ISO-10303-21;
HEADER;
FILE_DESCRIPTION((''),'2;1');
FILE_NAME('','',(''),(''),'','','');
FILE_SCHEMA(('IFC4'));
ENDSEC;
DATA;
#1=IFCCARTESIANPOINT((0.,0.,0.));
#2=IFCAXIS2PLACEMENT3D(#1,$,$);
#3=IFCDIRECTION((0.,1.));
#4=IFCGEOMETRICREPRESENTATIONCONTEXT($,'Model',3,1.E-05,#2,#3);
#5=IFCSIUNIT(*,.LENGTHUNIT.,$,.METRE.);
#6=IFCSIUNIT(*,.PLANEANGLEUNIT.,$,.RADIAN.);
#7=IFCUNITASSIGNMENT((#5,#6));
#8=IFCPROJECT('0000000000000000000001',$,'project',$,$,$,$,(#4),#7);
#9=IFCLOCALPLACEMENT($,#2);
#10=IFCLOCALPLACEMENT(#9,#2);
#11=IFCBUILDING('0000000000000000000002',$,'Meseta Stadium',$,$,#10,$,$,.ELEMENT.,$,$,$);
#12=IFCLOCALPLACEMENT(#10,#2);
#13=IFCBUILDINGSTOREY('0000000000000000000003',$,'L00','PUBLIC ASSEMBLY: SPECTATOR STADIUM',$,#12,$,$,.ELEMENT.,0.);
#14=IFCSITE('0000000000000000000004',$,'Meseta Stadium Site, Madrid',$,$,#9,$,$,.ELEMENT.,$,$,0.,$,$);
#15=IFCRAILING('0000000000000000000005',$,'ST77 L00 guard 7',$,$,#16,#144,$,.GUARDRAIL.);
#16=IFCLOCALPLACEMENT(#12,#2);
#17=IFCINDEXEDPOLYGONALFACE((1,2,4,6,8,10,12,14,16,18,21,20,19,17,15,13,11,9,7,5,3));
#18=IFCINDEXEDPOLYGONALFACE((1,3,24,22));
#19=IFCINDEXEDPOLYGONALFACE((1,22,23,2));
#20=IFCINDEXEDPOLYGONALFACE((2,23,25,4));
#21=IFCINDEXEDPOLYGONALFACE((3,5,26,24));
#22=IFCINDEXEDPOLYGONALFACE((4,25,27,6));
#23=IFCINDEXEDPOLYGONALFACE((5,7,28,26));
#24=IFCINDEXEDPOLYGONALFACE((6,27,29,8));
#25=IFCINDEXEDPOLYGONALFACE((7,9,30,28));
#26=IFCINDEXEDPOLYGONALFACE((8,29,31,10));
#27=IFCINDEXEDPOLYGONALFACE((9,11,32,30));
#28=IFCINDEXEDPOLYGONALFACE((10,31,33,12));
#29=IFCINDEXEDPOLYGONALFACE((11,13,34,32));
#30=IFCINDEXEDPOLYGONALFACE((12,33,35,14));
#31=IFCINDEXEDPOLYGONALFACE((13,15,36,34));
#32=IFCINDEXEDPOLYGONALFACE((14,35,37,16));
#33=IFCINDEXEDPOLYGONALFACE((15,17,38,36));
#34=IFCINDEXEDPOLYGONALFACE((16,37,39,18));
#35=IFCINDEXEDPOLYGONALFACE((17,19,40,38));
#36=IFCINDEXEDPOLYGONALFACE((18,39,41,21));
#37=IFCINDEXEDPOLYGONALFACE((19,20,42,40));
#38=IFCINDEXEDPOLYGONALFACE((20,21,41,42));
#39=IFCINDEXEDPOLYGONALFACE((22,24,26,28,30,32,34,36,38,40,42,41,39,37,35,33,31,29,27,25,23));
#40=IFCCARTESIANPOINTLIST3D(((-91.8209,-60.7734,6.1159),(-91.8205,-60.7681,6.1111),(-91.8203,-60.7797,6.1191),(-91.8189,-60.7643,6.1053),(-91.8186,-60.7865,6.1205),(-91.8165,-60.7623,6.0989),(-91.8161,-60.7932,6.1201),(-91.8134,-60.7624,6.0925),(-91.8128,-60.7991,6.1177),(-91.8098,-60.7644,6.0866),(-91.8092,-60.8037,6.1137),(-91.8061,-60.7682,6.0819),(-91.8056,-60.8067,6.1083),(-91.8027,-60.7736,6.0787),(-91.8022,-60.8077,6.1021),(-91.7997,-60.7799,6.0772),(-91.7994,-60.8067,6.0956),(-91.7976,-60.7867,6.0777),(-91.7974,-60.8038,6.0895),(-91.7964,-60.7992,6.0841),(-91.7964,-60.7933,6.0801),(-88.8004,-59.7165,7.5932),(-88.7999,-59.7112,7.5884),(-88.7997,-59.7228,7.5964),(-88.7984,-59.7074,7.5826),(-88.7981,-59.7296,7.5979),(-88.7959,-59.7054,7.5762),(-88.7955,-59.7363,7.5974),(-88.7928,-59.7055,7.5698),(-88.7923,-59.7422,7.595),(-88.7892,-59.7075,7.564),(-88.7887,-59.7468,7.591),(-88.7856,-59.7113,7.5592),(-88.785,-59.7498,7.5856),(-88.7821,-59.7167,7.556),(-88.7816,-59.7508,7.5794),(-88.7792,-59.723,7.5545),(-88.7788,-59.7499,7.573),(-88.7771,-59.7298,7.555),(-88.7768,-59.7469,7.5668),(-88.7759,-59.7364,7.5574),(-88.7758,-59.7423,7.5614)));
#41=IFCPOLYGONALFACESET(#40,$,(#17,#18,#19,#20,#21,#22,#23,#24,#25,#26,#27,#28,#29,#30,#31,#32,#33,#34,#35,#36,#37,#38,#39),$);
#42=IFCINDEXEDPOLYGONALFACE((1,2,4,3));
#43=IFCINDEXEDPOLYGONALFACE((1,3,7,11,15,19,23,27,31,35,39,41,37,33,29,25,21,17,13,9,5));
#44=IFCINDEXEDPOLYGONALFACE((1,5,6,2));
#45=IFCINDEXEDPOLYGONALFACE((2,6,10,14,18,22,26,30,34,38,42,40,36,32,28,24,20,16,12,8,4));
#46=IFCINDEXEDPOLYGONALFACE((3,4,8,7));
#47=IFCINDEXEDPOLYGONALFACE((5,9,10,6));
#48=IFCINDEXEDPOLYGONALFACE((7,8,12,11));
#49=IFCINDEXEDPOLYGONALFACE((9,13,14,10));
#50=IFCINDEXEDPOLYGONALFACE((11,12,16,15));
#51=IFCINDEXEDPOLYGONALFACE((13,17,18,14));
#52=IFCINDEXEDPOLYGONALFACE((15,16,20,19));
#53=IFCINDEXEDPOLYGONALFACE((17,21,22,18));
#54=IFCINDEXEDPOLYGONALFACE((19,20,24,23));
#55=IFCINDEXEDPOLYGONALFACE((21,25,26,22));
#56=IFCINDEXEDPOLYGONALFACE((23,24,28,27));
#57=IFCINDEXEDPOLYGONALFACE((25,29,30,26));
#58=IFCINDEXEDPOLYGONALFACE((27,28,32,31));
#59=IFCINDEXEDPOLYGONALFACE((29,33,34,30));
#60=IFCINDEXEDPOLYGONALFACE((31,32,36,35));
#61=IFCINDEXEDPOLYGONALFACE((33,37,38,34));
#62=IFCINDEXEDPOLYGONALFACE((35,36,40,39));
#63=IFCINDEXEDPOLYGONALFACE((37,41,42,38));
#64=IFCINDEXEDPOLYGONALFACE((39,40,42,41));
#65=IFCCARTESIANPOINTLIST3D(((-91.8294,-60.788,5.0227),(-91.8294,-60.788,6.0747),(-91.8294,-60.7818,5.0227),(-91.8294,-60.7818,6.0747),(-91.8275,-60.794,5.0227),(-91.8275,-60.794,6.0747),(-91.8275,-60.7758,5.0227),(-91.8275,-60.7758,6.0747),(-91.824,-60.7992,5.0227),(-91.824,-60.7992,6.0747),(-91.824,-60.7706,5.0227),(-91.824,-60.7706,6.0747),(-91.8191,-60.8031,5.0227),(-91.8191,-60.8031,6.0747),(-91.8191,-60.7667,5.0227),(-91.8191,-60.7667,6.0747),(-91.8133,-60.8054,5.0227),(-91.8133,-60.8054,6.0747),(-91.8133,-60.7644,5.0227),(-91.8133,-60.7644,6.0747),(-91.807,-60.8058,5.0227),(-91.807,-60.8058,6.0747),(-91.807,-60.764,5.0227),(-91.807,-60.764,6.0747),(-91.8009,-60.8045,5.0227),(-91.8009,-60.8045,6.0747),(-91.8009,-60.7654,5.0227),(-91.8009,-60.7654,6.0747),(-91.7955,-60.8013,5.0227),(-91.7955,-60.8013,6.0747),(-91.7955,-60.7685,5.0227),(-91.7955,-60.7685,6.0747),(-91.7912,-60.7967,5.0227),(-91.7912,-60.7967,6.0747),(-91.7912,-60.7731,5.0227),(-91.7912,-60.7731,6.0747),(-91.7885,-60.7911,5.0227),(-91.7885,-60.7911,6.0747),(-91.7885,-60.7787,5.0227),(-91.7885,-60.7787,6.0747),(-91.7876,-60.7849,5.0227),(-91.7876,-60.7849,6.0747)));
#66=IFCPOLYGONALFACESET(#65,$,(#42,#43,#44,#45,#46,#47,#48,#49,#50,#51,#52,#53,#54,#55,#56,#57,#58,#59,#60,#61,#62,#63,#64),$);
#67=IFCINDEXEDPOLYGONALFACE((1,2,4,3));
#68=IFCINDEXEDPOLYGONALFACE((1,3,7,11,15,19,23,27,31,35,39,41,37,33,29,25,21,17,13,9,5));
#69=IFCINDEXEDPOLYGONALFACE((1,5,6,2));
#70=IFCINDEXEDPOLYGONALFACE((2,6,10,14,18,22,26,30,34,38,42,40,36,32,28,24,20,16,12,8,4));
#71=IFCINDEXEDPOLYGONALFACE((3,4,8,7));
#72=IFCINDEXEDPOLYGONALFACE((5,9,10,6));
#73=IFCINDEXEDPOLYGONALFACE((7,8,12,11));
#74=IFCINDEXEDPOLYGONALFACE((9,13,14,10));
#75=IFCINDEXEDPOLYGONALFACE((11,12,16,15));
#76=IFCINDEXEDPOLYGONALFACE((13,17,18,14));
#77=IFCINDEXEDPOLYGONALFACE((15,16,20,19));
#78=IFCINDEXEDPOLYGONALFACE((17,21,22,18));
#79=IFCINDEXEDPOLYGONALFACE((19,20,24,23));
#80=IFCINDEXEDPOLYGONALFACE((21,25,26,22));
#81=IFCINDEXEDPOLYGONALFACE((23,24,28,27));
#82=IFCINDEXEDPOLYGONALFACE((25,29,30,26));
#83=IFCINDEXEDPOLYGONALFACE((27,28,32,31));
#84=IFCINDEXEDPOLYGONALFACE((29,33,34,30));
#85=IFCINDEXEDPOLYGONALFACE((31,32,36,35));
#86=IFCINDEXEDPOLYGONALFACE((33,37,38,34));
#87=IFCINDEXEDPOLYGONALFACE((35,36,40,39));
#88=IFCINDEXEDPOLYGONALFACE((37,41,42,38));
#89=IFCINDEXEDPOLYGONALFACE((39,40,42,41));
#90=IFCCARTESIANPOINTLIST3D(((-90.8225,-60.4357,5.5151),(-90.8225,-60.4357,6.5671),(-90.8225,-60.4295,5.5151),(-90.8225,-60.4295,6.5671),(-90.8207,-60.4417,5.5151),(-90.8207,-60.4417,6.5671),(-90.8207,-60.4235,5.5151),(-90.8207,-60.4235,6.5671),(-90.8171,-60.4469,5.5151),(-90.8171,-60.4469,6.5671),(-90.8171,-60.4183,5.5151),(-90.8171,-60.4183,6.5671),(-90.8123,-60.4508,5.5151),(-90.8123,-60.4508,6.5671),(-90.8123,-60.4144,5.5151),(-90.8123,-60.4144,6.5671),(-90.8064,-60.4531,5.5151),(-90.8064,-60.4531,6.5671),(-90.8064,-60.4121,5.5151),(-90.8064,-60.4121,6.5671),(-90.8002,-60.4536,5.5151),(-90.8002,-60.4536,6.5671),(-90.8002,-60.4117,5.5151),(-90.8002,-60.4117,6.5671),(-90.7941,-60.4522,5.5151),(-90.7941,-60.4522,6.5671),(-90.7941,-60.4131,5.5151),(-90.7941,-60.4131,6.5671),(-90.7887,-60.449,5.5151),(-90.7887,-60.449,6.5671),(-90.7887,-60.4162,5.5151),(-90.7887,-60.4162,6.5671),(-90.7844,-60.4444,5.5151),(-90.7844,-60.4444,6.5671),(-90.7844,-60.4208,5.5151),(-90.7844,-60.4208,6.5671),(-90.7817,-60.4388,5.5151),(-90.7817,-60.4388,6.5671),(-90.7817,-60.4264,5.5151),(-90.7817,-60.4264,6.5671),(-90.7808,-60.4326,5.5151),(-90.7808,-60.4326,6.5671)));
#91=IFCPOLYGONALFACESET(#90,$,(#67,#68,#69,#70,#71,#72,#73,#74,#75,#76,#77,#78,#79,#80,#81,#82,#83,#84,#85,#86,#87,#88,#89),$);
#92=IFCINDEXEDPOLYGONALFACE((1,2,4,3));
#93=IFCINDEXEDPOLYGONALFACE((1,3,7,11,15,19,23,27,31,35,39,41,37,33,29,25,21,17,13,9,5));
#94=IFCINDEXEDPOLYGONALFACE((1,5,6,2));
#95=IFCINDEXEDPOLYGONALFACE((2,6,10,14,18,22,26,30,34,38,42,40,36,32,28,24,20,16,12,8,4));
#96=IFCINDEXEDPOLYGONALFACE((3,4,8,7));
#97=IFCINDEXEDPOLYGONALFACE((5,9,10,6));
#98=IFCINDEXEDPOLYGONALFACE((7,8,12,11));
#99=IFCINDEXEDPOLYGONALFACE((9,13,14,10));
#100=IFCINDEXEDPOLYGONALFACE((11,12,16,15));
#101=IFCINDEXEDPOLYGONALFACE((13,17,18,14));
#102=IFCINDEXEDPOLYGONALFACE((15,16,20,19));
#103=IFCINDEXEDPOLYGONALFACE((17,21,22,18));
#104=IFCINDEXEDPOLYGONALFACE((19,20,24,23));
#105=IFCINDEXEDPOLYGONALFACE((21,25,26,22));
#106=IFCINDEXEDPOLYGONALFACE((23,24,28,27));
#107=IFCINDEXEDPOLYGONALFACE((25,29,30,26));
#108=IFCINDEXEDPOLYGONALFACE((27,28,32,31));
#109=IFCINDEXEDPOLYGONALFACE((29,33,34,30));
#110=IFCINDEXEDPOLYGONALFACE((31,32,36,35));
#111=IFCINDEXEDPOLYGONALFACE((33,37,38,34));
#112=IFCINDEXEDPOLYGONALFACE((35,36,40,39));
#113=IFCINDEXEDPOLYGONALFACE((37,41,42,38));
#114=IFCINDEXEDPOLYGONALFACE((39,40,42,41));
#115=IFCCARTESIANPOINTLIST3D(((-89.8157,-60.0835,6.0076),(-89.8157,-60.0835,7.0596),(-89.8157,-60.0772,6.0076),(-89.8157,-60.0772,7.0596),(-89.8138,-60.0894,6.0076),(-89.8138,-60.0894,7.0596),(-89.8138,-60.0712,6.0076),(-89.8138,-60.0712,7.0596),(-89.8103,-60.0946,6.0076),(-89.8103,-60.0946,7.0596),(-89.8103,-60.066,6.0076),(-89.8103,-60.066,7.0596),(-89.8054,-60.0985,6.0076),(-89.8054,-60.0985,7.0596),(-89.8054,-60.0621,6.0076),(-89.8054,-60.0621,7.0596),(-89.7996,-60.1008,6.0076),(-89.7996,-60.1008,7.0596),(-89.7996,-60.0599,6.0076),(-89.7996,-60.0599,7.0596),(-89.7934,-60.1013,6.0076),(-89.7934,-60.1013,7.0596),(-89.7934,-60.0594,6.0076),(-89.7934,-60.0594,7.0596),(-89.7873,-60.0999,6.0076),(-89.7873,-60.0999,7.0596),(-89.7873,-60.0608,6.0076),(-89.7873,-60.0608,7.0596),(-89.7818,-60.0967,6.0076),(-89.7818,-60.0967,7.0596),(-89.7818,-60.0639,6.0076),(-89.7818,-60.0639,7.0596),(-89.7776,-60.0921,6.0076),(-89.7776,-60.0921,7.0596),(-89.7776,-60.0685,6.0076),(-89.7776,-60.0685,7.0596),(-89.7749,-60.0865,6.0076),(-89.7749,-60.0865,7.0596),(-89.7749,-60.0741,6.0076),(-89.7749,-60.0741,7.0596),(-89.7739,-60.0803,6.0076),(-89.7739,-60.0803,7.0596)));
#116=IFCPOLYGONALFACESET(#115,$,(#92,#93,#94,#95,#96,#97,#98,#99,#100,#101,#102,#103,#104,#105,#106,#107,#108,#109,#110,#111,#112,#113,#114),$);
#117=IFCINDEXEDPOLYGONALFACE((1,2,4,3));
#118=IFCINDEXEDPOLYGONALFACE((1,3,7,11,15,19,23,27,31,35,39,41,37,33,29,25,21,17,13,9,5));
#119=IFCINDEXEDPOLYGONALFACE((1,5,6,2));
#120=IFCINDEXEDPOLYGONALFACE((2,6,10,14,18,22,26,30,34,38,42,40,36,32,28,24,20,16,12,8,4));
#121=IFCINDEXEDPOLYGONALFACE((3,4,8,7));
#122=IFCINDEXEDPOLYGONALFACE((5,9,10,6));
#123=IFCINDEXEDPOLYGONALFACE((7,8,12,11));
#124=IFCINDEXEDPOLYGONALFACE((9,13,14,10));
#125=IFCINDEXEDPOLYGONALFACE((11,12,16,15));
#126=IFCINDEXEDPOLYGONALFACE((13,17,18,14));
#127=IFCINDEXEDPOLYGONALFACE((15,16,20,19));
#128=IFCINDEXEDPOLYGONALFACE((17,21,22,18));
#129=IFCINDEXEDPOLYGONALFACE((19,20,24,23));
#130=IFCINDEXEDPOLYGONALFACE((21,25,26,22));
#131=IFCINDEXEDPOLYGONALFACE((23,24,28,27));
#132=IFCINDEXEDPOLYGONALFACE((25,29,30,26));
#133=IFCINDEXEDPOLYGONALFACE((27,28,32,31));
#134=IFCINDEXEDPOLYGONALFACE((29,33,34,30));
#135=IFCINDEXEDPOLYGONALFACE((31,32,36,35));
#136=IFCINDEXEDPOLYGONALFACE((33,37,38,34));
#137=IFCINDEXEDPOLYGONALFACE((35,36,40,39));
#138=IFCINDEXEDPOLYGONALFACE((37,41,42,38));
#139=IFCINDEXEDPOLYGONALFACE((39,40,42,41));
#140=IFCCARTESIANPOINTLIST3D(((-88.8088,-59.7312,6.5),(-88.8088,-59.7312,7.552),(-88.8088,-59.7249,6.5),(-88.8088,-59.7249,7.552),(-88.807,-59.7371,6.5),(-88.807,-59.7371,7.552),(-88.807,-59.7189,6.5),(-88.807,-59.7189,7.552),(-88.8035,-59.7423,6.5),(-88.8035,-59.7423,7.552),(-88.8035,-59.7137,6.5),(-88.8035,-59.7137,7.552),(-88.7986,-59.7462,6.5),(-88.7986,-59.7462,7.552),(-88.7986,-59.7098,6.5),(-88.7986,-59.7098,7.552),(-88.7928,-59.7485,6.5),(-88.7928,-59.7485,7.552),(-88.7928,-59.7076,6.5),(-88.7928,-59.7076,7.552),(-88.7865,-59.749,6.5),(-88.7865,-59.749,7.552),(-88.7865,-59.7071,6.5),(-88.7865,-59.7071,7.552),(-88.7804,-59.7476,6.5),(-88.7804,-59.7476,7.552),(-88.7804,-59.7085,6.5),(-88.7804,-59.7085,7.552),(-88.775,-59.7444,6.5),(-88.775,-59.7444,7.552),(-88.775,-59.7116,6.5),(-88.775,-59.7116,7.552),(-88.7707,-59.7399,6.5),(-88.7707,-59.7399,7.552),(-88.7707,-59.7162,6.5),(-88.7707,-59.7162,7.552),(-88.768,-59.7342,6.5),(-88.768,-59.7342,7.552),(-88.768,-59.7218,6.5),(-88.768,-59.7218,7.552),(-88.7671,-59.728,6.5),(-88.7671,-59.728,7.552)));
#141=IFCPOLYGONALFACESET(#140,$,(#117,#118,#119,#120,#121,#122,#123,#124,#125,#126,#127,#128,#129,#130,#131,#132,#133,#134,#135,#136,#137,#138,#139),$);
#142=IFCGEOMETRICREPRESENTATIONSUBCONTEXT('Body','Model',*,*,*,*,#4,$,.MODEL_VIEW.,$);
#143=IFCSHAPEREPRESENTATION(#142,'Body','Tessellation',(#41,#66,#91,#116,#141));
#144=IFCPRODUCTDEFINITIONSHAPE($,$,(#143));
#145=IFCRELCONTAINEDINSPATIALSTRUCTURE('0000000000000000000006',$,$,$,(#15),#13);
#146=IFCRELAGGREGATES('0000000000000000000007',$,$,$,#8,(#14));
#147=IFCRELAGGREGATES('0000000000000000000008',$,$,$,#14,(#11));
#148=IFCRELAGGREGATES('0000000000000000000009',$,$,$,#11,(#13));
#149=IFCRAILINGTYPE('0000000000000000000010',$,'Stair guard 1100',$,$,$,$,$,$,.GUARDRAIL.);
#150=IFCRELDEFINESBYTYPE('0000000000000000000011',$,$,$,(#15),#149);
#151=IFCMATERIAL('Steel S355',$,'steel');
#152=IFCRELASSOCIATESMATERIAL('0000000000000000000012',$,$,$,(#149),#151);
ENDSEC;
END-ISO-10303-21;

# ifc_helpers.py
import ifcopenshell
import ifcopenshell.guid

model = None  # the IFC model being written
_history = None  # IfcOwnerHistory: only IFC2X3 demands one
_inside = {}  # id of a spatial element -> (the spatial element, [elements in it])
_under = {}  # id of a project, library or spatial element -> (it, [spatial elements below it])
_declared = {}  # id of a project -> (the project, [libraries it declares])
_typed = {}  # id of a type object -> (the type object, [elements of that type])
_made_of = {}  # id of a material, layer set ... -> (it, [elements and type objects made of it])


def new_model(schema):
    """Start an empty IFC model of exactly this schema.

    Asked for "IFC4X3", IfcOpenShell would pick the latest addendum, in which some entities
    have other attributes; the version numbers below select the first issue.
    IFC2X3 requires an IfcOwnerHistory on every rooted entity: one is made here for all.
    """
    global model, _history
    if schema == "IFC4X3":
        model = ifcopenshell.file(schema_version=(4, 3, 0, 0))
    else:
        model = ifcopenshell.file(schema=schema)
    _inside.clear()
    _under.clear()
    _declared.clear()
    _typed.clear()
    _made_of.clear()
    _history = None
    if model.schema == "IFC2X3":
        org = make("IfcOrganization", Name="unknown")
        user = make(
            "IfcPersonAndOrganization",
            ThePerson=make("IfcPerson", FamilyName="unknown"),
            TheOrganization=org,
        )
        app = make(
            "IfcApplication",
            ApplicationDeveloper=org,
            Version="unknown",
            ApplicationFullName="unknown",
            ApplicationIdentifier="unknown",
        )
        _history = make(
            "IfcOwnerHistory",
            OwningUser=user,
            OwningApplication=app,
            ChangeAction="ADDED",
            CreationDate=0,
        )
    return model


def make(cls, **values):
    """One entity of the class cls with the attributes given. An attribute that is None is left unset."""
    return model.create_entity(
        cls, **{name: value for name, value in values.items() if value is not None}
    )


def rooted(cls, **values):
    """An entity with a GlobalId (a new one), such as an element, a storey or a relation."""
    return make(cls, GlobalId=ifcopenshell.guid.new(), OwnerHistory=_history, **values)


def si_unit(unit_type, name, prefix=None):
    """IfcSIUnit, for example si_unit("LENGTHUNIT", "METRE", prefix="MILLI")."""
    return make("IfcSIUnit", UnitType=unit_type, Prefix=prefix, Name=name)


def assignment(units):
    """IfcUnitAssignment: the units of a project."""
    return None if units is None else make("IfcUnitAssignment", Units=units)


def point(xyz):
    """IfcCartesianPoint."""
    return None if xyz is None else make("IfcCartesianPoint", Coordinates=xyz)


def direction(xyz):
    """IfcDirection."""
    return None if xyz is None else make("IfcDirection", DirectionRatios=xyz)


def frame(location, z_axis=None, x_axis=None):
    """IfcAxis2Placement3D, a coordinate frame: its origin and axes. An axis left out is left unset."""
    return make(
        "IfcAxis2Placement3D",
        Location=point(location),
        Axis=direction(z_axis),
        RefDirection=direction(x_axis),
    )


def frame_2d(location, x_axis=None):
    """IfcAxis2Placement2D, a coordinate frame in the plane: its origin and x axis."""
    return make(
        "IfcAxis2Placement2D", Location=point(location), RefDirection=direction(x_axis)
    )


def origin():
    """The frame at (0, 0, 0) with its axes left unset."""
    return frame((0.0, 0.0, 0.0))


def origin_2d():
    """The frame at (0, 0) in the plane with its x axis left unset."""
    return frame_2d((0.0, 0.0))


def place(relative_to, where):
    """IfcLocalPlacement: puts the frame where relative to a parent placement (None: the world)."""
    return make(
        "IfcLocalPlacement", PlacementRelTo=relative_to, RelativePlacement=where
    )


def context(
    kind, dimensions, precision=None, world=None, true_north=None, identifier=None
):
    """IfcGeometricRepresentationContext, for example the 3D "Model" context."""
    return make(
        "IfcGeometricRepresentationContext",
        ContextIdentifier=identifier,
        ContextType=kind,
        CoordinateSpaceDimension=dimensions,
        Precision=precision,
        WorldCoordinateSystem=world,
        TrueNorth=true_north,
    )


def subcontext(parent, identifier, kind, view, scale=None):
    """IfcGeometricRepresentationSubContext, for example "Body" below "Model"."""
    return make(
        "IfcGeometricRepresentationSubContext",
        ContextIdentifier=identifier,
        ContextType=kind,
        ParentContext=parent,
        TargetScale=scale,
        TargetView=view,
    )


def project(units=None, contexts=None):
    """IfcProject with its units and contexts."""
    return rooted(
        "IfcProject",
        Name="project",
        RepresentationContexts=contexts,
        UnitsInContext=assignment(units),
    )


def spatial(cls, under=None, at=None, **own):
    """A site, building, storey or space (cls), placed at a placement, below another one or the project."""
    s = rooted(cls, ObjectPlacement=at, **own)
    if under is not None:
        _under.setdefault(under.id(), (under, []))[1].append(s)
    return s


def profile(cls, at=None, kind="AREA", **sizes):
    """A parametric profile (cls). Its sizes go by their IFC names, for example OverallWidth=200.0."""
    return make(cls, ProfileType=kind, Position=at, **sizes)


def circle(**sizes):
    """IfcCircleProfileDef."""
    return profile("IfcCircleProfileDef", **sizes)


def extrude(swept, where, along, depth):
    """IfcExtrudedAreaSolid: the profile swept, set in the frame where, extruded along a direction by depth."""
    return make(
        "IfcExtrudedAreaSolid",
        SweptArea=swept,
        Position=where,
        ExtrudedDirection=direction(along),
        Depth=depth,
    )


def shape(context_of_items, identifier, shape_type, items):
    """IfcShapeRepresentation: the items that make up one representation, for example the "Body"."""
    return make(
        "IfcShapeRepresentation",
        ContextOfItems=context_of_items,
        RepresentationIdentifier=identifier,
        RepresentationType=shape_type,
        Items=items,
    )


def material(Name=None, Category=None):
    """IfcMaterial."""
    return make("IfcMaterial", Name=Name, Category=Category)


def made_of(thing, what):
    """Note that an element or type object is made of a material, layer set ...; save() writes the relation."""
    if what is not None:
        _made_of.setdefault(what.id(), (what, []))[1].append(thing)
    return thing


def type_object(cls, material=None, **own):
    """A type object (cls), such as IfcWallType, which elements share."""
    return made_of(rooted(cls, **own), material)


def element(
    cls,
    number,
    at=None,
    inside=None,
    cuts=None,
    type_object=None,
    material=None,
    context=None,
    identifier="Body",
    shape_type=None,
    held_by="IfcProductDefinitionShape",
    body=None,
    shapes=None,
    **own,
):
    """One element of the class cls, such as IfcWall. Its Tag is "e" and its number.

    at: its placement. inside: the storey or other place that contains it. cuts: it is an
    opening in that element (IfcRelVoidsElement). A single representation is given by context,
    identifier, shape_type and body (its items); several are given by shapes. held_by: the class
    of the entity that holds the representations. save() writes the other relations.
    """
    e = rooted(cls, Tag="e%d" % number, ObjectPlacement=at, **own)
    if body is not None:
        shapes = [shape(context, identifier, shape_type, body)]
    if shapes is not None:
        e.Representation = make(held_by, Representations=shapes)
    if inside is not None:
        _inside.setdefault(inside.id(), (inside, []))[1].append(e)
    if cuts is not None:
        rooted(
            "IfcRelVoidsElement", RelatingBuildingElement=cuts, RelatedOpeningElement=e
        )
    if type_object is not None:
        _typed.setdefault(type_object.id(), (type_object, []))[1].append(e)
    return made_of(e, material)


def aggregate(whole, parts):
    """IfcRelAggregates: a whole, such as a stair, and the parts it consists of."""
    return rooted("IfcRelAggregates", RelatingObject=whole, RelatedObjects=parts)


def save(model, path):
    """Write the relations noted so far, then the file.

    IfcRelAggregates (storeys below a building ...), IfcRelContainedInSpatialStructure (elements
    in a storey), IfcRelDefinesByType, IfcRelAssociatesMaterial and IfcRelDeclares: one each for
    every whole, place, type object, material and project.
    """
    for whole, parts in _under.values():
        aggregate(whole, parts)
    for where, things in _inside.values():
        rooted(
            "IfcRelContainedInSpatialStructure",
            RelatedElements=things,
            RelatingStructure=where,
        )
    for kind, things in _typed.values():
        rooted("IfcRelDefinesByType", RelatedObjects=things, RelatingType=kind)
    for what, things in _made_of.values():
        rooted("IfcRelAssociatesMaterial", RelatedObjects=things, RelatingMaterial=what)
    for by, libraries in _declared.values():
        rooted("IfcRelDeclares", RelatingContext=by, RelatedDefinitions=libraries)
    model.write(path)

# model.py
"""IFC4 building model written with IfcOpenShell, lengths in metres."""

from ifc_helpers import new_model, si_unit, direction, frame, origin, origin_2d, place, context, subcontext, project, spatial, circle, extrude, material, type_object, element, save


model = new_model("IFC4")

# Units and contexts
model_context = context("Model", 3, precision=1e-05, world=origin(), true_north=direction((0.0, 1.0)))
body_context = subcontext(model_context, "Body", "Model", "MODEL_VIEW")
ifc_project = project(units=[si_unit("LENGTHUNIT", "METRE"), si_unit("PLANEANGLEUNIT", "RADIAN")], contexts=[model_context])

# Site, building, storey
site_placement = place(None, origin())
site = spatial("IfcSite", under=ifc_project, at=site_placement, Name="Meseta Stadium Site, Madrid", CompositionType="ELEMENT", RefElevation=0.0)
building_placement = place(site_placement, origin())
building = spatial("IfcBuilding", under=site, at=building_placement, Name="Meseta Stadium", CompositionType="ELEMENT")
storey_placement = place(building_placement, origin())
storey = spatial("IfcBuildingStorey", under=building, at=storey_placement, Name="L00", Description="PUBLIC ASSEMBLY: SPECTATOR STADIUM", CompositionType="ELEMENT", Elevation=0.0)

# Railing
ifc_material_1 = material(Name="Steel S355", Category="steel")
railing_type_1 = type_object("IfcRailingType", Name="Stair guard 1100", PredefinedType="GUARDRAIL", material=ifc_material_1)
railing_1_placement = place(storey_placement, frame((-91.8086, -60.7849, 5.0227)))
element("IfcRailing", 1, at=railing_1_placement, inside=storey, type_object=railing_type_1, Name="ST77 L00 guard 7", PredefinedType="GUARDRAIL", context=body_context, shape_type="SweptSolid", body=[
    extrude(circle(Radius=0.0239, at=origin_2d()), frame((0.0, 0.0, 1.0762), z_axis=(0.856977, 0.299859, 0.419137), x_axis=(-0.330269, 0.943887, 0.0)), (0.0, 0.0, 1.0), 3.5247),
    extrude(circle(Radius=0.021, at=origin_2d()), origin(), (0.0, 0.0, 1.0), 1.052),
    extrude(circle(Radius=0.021, at=origin_2d()), frame((1.0068, 0.3523, 0.4924)), (0.0, 0.0, 1.0), 1.052),
    extrude(circle(Radius=0.021, at=origin_2d()), frame((2.0137, 0.7046, 0.9849)), (0.0, 0.0, 1.0), 1.052),
    extrude(circle(Radius=0.021, at=origin_2d()), frame((3.0205, 1.0569, 1.4773)), (0.0, 0.0, 1.0), 1.052),
])

save(model, "model.ifc")
